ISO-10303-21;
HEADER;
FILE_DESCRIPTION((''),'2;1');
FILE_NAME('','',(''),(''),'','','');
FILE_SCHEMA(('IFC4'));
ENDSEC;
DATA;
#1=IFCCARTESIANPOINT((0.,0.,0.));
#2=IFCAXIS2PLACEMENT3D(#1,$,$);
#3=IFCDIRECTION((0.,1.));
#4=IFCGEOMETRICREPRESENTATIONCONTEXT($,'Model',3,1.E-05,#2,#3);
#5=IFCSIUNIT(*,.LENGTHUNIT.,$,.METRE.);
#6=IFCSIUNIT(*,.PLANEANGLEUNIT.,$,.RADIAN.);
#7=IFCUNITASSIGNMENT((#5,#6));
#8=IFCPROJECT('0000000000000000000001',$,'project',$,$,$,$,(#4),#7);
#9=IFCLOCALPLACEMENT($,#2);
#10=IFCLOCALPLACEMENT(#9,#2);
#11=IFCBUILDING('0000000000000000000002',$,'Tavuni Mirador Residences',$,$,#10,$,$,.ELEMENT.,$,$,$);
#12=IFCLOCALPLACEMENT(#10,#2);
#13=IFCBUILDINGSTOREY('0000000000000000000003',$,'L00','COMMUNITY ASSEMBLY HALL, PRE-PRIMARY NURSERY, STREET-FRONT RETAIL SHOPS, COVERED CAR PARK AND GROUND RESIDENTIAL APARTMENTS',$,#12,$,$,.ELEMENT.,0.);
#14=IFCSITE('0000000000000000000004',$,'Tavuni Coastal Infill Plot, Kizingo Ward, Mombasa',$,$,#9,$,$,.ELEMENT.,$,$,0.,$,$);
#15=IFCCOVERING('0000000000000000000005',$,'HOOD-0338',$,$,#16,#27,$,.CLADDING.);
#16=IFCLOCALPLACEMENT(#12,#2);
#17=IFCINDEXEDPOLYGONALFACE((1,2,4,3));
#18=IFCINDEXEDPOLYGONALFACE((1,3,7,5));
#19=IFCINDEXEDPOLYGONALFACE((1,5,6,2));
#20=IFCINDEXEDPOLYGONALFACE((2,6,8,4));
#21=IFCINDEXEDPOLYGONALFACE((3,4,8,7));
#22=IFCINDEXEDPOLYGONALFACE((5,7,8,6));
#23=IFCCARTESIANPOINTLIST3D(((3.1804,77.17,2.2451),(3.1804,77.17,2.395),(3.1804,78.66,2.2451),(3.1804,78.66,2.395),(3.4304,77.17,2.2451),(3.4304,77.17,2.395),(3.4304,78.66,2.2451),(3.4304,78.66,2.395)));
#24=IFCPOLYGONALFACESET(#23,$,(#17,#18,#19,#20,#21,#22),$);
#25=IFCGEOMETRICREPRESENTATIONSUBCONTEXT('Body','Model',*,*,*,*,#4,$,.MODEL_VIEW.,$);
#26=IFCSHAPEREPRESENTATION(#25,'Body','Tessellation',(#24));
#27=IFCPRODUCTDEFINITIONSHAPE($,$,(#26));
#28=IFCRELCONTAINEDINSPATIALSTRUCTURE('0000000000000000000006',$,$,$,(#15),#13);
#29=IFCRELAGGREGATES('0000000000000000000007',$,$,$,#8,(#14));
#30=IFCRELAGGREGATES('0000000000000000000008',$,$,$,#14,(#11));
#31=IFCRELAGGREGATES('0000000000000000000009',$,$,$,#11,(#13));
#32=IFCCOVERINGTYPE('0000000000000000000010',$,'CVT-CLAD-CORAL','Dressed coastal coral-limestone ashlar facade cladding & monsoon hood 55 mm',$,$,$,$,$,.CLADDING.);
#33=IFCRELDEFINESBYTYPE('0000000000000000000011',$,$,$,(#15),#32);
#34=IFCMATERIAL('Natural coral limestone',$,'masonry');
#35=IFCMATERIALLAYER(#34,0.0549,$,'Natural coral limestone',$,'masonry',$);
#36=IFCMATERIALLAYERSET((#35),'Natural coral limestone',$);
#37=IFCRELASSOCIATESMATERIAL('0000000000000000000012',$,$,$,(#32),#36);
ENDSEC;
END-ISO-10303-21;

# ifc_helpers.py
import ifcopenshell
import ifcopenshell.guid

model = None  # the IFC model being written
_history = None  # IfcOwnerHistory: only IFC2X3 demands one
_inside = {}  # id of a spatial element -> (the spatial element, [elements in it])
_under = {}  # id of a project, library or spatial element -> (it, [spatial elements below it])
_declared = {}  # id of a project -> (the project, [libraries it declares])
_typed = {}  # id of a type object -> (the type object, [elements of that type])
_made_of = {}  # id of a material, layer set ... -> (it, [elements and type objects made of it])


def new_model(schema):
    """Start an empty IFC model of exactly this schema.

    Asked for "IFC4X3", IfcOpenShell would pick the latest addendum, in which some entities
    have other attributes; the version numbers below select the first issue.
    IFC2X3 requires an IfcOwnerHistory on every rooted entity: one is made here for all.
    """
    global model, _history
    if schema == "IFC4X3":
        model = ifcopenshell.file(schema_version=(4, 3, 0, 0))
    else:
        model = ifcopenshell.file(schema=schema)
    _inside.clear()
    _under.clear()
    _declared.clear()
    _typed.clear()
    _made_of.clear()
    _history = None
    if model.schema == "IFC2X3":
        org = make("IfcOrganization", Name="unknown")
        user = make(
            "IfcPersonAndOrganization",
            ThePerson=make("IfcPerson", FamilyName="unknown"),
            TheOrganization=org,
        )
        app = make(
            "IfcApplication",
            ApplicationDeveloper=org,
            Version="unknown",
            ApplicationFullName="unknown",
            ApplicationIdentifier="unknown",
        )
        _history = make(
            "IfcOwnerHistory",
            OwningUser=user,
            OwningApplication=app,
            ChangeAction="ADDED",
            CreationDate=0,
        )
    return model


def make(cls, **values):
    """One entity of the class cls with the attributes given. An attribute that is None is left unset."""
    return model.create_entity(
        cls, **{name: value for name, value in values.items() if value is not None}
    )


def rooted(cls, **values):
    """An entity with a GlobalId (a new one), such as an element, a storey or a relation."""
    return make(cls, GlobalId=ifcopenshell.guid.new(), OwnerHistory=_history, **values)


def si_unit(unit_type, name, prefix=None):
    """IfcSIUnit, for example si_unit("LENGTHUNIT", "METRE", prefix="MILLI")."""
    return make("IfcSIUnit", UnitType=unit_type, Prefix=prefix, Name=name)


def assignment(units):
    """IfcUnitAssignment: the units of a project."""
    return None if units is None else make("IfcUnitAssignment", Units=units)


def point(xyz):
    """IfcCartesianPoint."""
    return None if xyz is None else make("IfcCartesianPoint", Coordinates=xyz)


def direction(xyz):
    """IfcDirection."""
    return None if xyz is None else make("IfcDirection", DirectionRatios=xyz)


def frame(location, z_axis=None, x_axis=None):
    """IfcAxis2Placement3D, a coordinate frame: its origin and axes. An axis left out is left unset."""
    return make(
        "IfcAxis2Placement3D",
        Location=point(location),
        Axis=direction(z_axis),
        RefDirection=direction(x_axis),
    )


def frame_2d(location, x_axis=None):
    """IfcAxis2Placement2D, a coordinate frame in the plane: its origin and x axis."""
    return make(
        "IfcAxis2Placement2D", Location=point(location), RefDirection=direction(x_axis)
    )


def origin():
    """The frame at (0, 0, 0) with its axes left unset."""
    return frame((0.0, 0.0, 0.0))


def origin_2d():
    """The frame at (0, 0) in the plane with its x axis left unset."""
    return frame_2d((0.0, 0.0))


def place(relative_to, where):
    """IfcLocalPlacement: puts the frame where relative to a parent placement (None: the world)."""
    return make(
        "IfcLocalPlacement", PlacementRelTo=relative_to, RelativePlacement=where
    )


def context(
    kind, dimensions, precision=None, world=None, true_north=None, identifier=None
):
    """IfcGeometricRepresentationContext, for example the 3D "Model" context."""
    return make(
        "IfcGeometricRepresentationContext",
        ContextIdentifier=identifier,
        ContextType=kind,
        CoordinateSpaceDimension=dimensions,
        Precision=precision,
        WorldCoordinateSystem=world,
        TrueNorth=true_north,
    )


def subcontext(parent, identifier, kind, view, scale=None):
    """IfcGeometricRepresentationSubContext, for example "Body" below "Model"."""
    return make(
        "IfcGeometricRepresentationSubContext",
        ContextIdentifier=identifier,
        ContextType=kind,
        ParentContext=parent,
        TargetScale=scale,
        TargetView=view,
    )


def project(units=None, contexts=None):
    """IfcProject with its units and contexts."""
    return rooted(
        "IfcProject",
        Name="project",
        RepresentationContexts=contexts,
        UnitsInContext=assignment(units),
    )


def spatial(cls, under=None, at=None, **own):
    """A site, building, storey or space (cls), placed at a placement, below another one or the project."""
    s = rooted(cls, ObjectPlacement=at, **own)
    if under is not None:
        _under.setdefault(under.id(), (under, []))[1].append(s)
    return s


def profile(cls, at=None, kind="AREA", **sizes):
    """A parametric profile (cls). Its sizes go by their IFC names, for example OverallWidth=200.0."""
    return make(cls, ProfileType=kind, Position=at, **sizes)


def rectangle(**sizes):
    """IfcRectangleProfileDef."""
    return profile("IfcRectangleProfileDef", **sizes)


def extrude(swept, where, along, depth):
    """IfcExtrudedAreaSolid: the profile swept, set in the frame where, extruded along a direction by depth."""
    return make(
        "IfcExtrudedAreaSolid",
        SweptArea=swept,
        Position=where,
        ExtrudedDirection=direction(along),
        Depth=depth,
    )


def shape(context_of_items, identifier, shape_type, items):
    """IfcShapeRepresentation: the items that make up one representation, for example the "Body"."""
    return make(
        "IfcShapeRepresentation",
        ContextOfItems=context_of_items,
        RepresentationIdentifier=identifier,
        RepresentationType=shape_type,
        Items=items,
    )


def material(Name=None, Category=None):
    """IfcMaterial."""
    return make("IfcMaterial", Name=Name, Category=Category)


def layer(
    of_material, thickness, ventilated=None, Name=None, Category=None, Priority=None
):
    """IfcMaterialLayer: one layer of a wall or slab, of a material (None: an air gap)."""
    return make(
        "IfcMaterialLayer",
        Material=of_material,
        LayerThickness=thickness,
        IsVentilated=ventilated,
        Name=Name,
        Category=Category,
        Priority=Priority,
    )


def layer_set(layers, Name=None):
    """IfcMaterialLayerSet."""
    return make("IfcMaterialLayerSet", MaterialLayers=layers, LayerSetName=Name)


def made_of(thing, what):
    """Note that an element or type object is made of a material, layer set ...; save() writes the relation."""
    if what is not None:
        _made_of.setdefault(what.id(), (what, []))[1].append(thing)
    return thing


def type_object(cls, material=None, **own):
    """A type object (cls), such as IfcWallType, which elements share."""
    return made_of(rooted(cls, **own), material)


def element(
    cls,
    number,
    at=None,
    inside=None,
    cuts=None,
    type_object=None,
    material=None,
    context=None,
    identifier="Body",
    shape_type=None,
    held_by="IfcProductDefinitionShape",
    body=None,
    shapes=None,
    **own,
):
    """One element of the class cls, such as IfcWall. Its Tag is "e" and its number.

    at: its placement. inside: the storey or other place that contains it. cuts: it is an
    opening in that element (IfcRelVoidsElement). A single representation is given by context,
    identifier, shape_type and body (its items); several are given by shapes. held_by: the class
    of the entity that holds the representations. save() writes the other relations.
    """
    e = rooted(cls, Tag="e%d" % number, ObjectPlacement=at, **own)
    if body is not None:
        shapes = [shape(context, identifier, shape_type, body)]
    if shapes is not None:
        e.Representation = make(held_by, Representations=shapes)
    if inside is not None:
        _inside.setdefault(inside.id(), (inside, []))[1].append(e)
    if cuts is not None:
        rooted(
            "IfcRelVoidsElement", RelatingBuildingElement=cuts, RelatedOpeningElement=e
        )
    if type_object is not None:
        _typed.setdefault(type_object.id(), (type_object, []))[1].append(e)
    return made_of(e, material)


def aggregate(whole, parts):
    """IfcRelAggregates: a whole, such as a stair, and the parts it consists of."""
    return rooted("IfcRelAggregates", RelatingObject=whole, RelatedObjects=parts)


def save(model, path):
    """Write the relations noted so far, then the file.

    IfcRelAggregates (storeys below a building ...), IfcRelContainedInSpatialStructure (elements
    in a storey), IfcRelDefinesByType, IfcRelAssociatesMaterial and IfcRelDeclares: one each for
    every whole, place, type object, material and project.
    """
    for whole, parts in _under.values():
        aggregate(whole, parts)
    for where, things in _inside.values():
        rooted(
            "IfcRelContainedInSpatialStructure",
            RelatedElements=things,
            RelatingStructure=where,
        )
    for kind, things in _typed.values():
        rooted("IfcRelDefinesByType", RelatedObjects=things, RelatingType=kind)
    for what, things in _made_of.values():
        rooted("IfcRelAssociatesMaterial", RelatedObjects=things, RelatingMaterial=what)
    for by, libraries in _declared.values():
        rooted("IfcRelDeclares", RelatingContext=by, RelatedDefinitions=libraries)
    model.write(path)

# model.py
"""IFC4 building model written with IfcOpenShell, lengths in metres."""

from ifc_helpers import new_model, si_unit, direction, frame, origin, origin_2d, place, context, subcontext, project, spatial, rectangle, extrude, material, layer, layer_set, type_object, element, save


model = new_model("IFC4")

# Units and contexts
model_context = context("Model", 3, precision=1e-05, world=origin(), true_north=direction((0.0, 1.0)))
body_context = subcontext(model_context, "Body", "Model", "MODEL_VIEW")
ifc_project = project(units=[si_unit("LENGTHUNIT", "METRE"), si_unit("PLANEANGLEUNIT", "RADIAN")], contexts=[model_context])

# Site, building, storey
site_placement = place(None, origin())
site = spatial("IfcSite", under=ifc_project, at=site_placement, Name="Tavuni Coastal Infill Plot, Kizingo Ward, Mombasa", CompositionType="ELEMENT", RefElevation=0.0)
building_placement = place(site_placement, origin())
building = spatial("IfcBuilding", under=site, at=building_placement, Name="Tavuni Mirador Residences", CompositionType="ELEMENT")
storey_placement = place(building_placement, origin())
storey = spatial("IfcBuildingStorey", under=building, at=storey_placement, Name="L00", Description="COMMUNITY ASSEMBLY HALL, PRE-PRIMARY NURSERY, STREET-FRONT RETAIL SHOPS, COVERED CAR PARK AND GROUND RESIDENTIAL APARTMENTS", CompositionType="ELEMENT", Elevation=0.0)

# Covering
ifc_material_1 = material(Name="Natural coral limestone", Category="masonry")
ifc_layer_1 = layer(ifc_material_1, 0.0549, Name="Natural coral limestone", Category="masonry")
ifc_layer_set_1 = layer_set([ifc_layer_1], Name="Natural coral limestone")
covering_type = type_object("IfcCoveringType", Name="CVT-CLAD-CORAL", Description="Dressed coastal coral-limestone ashlar facade cladding & monsoon hood 55 mm", PredefinedType="CLADDING", material=ifc_layer_set_1)
for number, where, z_axis, x_axis, name in (
    (1, (3.3054, 77.915, 2.2451), (0.0, 0.0, 1.0), (0.0, -1.0, 0.0), "HOOD-0338"),
):
    element("IfcCovering", number, at=place(storey_placement, frame(where, z_axis=z_axis, x_axis=x_axis)), inside=storey, type_object=covering_type, Name=name, PredefinedType="CLADDING", context=body_context, shape_type="SweptSolid", body=[
        extrude(rectangle(XDim=1.49, YDim=0.25, at=origin_2d()), origin(), (0.0, 0.0, 1.0), 0.1499),
    ])

save(model, "model.ifc")
